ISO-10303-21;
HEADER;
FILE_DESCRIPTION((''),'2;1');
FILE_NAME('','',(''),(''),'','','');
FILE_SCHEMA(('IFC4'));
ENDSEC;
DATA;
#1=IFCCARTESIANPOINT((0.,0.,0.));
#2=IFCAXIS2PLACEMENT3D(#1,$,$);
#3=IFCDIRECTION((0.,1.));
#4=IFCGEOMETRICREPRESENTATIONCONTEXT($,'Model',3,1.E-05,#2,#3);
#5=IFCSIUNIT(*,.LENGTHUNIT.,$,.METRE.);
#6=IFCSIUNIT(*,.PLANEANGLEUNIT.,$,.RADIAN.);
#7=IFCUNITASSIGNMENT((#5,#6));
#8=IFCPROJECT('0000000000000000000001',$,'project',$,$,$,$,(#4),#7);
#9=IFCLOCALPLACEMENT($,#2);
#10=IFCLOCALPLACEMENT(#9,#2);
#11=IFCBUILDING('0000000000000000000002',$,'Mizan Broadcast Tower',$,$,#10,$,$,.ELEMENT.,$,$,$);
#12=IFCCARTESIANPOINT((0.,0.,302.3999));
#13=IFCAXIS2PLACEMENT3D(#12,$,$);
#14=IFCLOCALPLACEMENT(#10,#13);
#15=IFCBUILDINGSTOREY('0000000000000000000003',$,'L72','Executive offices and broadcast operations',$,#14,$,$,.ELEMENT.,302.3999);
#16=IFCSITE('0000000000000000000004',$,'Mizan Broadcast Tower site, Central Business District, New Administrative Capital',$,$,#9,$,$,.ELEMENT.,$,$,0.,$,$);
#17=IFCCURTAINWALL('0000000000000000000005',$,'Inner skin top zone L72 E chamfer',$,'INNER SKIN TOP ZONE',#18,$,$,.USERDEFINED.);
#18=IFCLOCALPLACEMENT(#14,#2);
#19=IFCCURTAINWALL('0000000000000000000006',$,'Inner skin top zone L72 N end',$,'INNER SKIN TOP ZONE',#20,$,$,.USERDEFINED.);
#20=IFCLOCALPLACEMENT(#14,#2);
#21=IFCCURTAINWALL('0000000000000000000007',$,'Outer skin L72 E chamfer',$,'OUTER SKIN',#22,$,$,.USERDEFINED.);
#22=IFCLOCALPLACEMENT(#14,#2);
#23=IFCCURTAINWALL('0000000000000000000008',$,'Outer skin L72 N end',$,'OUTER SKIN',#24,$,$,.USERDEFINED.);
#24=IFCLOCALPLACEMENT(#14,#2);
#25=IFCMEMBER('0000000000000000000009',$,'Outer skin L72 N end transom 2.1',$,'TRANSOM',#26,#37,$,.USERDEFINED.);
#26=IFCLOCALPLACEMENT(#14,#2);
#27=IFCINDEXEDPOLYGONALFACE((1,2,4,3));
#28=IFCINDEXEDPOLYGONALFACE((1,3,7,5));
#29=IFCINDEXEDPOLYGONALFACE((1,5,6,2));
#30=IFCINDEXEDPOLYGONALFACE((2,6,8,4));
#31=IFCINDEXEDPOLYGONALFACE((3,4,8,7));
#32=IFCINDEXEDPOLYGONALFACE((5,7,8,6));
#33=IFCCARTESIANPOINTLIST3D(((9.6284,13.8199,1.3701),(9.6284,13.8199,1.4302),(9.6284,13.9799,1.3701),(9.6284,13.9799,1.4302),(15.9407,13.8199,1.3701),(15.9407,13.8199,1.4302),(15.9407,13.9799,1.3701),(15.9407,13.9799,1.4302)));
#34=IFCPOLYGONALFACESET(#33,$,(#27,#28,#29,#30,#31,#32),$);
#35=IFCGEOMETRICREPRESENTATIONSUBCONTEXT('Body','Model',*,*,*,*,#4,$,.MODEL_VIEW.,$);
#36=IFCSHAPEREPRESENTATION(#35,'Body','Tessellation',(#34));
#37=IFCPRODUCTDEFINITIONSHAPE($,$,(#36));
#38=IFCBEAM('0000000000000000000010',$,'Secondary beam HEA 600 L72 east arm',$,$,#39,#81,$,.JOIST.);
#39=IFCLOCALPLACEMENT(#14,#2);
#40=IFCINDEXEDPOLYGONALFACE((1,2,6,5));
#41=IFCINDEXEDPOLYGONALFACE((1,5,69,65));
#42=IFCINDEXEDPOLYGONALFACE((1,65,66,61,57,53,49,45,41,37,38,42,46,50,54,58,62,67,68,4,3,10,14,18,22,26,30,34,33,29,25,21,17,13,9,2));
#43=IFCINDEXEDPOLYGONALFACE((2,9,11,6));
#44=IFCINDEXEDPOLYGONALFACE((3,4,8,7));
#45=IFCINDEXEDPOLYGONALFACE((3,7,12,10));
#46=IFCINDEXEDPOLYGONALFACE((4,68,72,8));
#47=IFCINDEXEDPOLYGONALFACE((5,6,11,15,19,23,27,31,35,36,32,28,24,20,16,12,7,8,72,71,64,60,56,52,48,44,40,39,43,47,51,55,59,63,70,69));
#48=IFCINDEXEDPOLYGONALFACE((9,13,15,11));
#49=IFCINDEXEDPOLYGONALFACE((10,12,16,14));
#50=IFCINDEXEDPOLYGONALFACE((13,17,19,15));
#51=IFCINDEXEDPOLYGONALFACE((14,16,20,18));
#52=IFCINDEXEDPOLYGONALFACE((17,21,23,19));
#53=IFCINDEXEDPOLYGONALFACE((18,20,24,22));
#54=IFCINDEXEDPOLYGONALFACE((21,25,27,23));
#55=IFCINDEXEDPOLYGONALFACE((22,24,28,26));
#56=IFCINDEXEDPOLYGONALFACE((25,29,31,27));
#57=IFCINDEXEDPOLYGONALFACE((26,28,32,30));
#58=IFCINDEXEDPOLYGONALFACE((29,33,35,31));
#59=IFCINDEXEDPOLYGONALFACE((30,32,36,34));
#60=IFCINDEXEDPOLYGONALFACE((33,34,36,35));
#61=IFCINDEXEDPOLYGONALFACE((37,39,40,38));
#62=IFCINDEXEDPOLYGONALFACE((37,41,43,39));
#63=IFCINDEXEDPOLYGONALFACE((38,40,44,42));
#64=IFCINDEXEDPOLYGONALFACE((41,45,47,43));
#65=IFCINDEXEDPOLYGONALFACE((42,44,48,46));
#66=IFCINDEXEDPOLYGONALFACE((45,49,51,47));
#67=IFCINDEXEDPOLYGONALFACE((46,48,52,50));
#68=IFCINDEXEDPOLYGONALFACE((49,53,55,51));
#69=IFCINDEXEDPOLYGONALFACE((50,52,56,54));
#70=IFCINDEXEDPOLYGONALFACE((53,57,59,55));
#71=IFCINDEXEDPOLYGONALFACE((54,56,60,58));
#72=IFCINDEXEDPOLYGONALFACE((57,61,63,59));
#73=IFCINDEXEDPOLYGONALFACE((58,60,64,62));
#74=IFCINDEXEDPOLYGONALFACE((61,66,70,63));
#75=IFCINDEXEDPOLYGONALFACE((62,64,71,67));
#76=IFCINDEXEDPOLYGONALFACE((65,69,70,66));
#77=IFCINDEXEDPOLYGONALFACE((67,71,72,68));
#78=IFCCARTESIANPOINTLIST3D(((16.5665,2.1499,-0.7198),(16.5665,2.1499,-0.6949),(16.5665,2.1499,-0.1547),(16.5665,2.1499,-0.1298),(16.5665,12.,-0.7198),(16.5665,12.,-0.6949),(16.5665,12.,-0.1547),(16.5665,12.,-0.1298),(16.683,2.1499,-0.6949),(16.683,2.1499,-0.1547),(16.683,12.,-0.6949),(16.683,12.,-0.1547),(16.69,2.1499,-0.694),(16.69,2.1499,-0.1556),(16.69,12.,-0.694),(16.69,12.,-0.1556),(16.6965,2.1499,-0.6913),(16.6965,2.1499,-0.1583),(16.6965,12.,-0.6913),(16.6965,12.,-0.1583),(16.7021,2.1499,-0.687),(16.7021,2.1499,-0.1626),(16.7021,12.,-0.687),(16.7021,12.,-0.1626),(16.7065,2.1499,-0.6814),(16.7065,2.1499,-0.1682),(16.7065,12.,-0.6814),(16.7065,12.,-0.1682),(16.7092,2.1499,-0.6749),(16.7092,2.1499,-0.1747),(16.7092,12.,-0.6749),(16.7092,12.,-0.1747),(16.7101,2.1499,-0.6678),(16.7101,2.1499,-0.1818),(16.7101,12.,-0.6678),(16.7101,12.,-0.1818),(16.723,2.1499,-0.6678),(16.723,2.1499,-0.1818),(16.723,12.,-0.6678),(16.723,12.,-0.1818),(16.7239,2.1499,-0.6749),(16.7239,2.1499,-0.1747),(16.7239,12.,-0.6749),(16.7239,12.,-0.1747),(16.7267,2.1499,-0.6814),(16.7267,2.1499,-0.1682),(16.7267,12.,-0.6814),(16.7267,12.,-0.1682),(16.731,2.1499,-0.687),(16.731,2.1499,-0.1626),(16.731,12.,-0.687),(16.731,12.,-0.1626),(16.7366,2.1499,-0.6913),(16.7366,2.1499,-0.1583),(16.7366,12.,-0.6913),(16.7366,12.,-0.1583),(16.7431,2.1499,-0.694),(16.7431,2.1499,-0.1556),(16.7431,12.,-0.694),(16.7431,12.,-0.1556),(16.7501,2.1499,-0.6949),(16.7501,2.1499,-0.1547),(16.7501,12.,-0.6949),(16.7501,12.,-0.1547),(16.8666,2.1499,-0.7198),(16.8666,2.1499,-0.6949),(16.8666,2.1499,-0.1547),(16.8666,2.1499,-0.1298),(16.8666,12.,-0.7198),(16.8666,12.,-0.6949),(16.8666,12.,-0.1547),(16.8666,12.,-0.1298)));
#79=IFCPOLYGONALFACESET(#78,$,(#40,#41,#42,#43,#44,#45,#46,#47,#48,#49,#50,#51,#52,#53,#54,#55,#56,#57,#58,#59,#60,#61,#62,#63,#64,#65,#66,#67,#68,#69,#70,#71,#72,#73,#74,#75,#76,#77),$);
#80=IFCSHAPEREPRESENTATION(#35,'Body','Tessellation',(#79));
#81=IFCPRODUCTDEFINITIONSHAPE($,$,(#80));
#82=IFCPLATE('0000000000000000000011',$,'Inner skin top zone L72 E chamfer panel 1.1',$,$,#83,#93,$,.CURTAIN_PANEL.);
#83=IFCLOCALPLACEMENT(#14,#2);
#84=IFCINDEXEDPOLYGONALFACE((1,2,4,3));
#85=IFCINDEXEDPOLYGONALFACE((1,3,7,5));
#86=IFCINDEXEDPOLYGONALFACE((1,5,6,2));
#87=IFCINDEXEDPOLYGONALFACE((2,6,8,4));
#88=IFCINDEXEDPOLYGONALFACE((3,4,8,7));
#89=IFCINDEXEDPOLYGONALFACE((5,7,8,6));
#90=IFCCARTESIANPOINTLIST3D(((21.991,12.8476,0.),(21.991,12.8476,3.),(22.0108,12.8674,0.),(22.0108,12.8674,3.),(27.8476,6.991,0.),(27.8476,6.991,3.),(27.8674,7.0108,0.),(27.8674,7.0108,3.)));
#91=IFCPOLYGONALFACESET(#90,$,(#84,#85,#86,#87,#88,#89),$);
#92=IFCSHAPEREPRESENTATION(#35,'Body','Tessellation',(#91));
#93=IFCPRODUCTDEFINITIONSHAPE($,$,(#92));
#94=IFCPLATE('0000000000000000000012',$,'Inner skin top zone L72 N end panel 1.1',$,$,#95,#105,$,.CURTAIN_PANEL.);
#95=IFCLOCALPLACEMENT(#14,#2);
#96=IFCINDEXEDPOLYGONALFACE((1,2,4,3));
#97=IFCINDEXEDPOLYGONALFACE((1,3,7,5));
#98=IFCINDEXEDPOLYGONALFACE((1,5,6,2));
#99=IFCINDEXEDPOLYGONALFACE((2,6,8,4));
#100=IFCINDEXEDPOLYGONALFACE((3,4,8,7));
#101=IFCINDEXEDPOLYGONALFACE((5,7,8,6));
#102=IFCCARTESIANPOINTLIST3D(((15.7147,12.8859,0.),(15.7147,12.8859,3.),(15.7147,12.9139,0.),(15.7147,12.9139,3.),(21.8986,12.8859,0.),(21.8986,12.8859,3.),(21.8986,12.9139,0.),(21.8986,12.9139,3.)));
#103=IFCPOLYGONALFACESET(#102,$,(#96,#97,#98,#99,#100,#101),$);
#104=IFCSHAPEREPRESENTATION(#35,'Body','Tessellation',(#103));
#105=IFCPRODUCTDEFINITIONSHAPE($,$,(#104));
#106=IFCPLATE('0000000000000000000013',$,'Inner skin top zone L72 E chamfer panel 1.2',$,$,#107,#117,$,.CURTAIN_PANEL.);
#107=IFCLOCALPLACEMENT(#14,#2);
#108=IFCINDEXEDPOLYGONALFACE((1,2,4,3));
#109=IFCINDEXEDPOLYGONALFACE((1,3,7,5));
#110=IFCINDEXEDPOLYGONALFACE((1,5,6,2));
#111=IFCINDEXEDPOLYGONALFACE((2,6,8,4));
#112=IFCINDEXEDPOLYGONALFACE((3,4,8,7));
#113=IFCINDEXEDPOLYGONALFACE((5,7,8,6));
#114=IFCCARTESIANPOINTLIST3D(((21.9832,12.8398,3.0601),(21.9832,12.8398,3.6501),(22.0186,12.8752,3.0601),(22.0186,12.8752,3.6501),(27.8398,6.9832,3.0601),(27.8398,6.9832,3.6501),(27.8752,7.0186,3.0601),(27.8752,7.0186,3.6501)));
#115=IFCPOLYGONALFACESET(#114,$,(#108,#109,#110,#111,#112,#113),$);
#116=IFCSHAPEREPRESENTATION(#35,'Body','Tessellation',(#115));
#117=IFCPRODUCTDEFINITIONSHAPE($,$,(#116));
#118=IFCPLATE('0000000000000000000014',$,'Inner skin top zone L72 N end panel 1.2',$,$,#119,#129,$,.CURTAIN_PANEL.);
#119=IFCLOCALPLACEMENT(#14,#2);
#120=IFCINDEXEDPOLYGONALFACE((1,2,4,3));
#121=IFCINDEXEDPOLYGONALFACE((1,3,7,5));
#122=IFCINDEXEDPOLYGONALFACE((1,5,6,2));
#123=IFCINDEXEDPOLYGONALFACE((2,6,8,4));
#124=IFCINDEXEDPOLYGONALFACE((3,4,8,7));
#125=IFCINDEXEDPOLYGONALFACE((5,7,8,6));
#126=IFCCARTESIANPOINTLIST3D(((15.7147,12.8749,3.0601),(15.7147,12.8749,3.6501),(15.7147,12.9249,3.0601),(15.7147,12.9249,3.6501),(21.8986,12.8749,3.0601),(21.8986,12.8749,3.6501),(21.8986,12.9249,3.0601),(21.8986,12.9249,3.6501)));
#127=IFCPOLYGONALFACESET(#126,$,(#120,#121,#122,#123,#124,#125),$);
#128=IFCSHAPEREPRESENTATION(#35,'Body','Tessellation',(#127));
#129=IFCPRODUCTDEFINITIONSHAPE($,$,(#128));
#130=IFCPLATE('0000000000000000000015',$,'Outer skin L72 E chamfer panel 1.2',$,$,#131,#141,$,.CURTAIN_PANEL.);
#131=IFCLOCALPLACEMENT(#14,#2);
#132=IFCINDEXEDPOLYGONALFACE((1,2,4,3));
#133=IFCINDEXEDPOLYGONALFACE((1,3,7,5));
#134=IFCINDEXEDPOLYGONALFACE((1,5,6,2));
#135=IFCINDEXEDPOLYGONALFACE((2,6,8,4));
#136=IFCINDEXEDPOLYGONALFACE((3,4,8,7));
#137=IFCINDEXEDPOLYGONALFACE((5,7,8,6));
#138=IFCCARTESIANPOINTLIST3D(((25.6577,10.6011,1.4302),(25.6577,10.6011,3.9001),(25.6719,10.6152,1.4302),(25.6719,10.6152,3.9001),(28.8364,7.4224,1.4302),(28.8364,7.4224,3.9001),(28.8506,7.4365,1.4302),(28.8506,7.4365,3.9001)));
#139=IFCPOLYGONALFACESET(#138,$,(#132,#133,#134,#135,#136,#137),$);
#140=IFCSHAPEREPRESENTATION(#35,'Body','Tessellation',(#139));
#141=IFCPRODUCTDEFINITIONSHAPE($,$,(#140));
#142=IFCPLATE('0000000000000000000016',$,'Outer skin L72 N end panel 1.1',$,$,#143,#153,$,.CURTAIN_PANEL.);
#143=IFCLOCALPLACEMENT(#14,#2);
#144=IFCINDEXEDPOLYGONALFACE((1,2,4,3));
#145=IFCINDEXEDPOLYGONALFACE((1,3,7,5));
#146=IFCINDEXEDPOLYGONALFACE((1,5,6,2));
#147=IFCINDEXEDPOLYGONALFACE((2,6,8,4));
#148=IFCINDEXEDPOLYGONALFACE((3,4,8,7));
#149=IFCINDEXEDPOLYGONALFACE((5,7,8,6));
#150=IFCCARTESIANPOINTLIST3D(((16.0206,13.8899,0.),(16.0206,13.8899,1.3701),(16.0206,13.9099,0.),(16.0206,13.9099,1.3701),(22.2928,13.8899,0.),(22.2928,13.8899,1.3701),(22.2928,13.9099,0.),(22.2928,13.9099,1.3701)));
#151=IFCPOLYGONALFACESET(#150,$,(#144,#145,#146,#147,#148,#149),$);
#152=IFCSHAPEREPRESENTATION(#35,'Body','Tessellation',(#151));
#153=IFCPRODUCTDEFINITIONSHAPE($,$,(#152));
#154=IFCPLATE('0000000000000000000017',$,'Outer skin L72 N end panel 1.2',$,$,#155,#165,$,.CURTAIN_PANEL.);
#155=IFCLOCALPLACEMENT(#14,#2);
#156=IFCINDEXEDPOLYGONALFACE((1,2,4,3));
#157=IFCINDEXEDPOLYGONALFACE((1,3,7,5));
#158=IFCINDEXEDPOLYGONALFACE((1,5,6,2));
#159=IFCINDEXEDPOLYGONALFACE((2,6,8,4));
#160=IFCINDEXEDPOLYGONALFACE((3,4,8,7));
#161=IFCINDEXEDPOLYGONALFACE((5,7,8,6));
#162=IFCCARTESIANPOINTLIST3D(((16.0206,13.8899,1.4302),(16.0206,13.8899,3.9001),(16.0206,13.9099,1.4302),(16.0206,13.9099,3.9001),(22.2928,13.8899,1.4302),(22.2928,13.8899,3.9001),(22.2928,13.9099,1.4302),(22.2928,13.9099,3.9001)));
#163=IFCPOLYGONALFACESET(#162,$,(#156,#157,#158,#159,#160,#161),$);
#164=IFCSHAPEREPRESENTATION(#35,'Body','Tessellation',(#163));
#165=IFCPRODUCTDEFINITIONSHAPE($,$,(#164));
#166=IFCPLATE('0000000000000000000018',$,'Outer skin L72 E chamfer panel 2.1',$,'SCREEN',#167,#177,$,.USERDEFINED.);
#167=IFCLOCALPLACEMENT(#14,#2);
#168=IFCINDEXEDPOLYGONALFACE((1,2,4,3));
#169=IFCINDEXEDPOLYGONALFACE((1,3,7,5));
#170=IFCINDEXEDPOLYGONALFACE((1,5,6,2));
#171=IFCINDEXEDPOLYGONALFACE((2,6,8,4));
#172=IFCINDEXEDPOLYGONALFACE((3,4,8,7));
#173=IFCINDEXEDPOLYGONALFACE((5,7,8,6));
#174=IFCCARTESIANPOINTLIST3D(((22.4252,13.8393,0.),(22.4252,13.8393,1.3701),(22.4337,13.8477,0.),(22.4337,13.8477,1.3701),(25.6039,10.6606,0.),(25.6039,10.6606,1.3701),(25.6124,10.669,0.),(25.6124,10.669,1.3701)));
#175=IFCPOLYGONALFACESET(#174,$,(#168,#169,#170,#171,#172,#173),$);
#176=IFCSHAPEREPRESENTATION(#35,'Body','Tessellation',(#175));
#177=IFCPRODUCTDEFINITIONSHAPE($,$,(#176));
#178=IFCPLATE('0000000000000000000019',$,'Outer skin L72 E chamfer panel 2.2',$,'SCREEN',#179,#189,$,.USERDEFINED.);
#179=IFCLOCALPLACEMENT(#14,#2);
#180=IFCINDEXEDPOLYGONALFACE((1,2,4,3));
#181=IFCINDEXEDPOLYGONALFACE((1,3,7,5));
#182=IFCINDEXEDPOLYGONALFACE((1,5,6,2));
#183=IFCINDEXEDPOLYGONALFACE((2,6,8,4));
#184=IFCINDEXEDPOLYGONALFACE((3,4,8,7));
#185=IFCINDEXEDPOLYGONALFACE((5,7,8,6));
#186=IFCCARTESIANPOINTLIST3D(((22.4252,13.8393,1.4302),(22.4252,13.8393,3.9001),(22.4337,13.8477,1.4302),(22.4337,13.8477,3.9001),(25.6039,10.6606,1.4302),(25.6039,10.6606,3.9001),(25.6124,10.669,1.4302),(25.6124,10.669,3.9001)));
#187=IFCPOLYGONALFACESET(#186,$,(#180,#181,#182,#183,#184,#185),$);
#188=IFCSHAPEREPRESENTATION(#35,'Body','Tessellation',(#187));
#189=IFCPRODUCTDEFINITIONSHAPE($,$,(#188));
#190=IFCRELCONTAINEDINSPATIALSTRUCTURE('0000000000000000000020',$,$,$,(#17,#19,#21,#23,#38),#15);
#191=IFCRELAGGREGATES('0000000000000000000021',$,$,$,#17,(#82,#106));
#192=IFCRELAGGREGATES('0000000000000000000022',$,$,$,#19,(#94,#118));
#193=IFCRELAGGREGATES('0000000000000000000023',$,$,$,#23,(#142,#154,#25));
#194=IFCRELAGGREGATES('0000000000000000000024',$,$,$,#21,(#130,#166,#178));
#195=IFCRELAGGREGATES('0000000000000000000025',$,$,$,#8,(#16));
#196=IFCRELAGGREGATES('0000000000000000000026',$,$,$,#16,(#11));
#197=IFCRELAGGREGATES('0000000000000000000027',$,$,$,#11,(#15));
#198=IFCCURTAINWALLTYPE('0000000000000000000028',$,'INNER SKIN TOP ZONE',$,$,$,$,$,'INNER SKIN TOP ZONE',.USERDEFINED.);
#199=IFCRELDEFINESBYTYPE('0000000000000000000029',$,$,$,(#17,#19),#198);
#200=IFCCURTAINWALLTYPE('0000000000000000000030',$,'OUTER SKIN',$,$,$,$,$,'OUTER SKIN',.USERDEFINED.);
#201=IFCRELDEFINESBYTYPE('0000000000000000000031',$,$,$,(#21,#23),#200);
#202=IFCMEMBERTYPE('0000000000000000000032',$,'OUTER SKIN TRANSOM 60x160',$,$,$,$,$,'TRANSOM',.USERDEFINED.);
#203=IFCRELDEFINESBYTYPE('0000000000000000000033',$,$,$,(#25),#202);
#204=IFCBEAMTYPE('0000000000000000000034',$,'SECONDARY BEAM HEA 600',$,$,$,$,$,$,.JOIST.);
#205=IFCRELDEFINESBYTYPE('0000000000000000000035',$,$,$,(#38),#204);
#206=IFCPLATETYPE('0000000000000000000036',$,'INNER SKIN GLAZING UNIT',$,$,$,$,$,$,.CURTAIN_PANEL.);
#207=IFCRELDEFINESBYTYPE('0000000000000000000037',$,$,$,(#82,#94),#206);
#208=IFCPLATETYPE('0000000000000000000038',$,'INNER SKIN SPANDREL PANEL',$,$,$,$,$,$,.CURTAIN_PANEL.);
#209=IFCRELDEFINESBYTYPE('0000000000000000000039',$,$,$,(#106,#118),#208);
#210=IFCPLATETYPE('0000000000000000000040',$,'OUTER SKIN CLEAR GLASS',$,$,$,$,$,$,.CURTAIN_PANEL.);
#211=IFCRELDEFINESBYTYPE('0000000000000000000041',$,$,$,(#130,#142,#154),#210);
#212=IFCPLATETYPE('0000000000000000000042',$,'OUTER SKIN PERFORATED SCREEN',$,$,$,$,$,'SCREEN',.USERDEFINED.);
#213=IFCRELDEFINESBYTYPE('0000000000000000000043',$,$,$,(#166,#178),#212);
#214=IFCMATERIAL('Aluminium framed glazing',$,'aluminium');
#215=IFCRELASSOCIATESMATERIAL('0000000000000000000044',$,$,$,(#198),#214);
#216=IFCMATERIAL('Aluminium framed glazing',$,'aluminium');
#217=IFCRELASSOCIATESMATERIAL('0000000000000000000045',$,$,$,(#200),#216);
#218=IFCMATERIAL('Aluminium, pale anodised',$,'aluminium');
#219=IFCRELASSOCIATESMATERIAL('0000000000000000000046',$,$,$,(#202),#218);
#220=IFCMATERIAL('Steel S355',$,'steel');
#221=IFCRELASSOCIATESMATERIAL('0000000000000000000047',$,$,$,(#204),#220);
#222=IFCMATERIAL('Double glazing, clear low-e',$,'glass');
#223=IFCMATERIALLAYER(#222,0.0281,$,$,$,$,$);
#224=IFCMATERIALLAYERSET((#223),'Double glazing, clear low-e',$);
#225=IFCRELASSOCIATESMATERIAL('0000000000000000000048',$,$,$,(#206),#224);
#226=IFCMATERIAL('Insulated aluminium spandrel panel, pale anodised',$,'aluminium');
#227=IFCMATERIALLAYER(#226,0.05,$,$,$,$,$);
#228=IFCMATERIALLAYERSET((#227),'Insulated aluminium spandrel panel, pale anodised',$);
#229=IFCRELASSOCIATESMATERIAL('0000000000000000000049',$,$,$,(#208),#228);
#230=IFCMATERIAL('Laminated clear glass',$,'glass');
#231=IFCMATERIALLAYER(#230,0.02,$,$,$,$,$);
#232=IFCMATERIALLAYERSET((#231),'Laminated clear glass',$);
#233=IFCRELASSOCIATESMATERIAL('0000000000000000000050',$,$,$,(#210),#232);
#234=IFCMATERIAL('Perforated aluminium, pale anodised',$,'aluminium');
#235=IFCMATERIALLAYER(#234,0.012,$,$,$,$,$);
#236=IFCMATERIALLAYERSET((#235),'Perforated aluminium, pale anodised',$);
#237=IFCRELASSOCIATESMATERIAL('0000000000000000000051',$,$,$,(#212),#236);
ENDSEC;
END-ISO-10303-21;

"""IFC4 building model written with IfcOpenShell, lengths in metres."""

from ifc_helpers import new_model, si_unit, direction, frame, origin, origin_2d, place, context, subcontext, project, spatial, rectangle, i_section, extrude, material, layer, layer_set, material_profile, profile_set, type_object, element, aggregate, save


model = new_model("IFC4")

# Units and contexts
model_context = context("Model", 3, precision=1e-05, world=origin(), true_north=direction((0.0, 1.0)))
body_context = subcontext(model_context, "Body", "Model", "MODEL_VIEW")
ifc_project = project(units=[si_unit("LENGTHUNIT", "METRE"), si_unit("PLANEANGLEUNIT", "RADIAN")], contexts=[model_context])

# Site, building, storey
site_placement = place(None, origin())
site = spatial("IfcSite", under=ifc_project, at=site_placement, Name="Mizan Broadcast Tower site, Central Business District, New Administrative Capital", CompositionType="ELEMENT", RefElevation=0.0)
building_placement = place(site_placement, origin())
building = spatial("IfcBuilding", under=site, at=building_placement, Name="Mizan Broadcast Tower", CompositionType="ELEMENT")
storey_placement = place(building_placement, frame((0.0, 0.0, 302.3999)))
storey = spatial("IfcBuildingStorey", under=building, at=storey_placement, Name="L72", Description="Executive offices and broadcast operations", CompositionType="ELEMENT", Elevation=302.3999)

# Curtain wall
ifc_material_1 = material(Name="Aluminium framed glazing", Category="aluminium")
curtain_wall_type_1 = type_object("IfcCurtainWallType", Name="INNER SKIN TOP ZONE", ElementType="INNER SKIN TOP ZONE", PredefinedType="USERDEFINED", material=ifc_material_1)
curtain_wall_1_placement = place(storey_placement, origin())
curtain_wall_1 = element("IfcCurtainWall", 1, at=curtain_wall_1_placement, inside=storey, type_object=curtain_wall_type_1, Name="Inner skin top zone L72 E chamfer", ObjectType="INNER SKIN TOP ZONE", PredefinedType="USERDEFINED")

# Curtain walls
curtain_wall_2_placement = place(storey_placement, origin())
curtain_wall_2 = element("IfcCurtainWall", 2, at=curtain_wall_2_placement, inside=storey, type_object=curtain_wall_type_1, Name="Inner skin top zone L72 N end", ObjectType="INNER SKIN TOP ZONE", PredefinedType="USERDEFINED")
ifc_material_2 = material(Name="Aluminium framed glazing", Category="aluminium")
curtain_wall_type_2 = type_object("IfcCurtainWallType", Name="OUTER SKIN", ElementType="OUTER SKIN", PredefinedType="USERDEFINED", material=ifc_material_2)
curtain_wall_3_placement = place(storey_placement, origin())
curtain_wall_3 = element("IfcCurtainWall", 3, at=curtain_wall_3_placement, inside=storey, type_object=curtain_wall_type_2, Name="Outer skin L72 E chamfer", ObjectType="OUTER SKIN", PredefinedType="USERDEFINED")

# Curtain wall
curtain_wall_4_placement = place(storey_placement, origin())
curtain_wall_4 = element("IfcCurtainWall", 4, at=curtain_wall_4_placement, inside=storey, type_object=curtain_wall_type_2, Name="Outer skin L72 N end", ObjectType="OUTER SKIN", PredefinedType="USERDEFINED")

# Member
ifc_material_3 = material(Name="Aluminium, pale anodised", Category="aluminium")
ifc_material_profile_1 = material_profile(ifc_material_3, rectangle(XDim=0.1599, YDim=0.0601, at=origin_2d()), Name="TRANSOM 160x60")
ifc_profile_set_1 = profile_set([ifc_material_profile_1], Name="Aluminium, pale anodised")
member_type_1 = type_object("IfcMemberType", Name="OUTER SKIN TRANSOM 60x160", ElementType="TRANSOM", PredefinedType="USERDEFINED", material=ifc_profile_set_1)
member_1_placement = place(storey_placement, frame((15.9407, 13.8999, 1.4001), z_axis=(-1.0, 0.0, 0.0), x_axis=(0.0, -1.0, 0.0)))
member_1 = element("IfcMember", 5, at=member_1_placement, type_object=member_type_1, Name="Outer skin L72 N end transom 2.1", ObjectType="TRANSOM", PredefinedType="USERDEFINED", context=body_context, shape_type="SweptSolid", body=[
    extrude(rectangle(XDim=0.1599, YDim=0.0601, at=origin_2d()), origin(), (0.0, 0.0, 1.0), 6.3123),
])

# Beam
ifc_material_4 = material(Name="Steel S355", Category="steel")
ifc_material_profile_2 = material_profile(ifc_material_4, i_section(OverallWidth=0.3, OverallDepth=0.5901, WebThickness=0.0129, FlangeThickness=0.0249, FilletRadius=0.0271, at=origin_2d()), Name="HEA 600")
ifc_profile_set_2 = profile_set([ifc_material_profile_2], Name="Steel S355")
beam_type_1 = type_object("IfcBeamType", Name="SECONDARY BEAM HEA 600", PredefinedType="JOIST", material=ifc_profile_set_2)
beam_1_placement = place(storey_placement, frame((16.7166, 12.0, -0.4248), z_axis=(0.0, -1.0, 0.0), x_axis=(1.0, 0.0, 0.0)))
element("IfcBeam", 6, at=beam_1_placement, inside=storey, type_object=beam_type_1, Name="Secondary beam HEA 600 L72 east arm", PredefinedType="JOIST", context=body_context, shape_type="SweptSolid", body=[
    extrude(i_section(OverallWidth=0.3, OverallDepth=0.5901, WebThickness=0.0129, FlangeThickness=0.0249, FilletRadius=0.0271, at=origin_2d()), origin(), (0.0, 0.0, 1.0), 9.8501),
])

# Plates
ifc_material_5 = material(Name="Double glazing, clear low-e", Category="glass")
ifc_layer_1 = layer(ifc_material_5, 0.0281)
ifc_layer_set_1 = layer_set([ifc_layer_1], Name="Double glazing, clear low-e")
plate_type_1 = type_object("IfcPlateType", Name="INNER SKIN GLAZING UNIT", PredefinedType="CURTAIN_PANEL", material=ifc_layer_set_1)
plate_1_placement = place(storey_placement, frame((24.9292, 9.9292, 0.0), z_axis=(0.0, 0.0, 1.0), x_axis=(-0.707107, 0.707107, 0.0)))
plate_1 = element("IfcPlate", 7, at=plate_1_placement, type_object=plate_type_1, Name="Inner skin top zone L72 E chamfer panel 1.1", PredefinedType="CURTAIN_PANEL", context=body_context, shape_type="SweptSolid", body=[
    extrude(rectangle(XDim=8.2825, YDim=0.0281, at=origin_2d()), origin(), (0.0, 0.0, 1.0), 3.0),
])
plate_2_placement = place(storey_placement, frame((18.8066, 12.8999, 0.0), z_axis=(0.0, 0.0, 1.0), x_axis=(-1.0, 0.0, 0.0)))
plate_2 = element("IfcPlate", 8, at=plate_2_placement, type_object=plate_type_1, Name="Inner skin top zone L72 N end panel 1.1", PredefinedType="CURTAIN_PANEL", context=body_context, shape_type="SweptSolid", body=[
    extrude(rectangle(XDim=6.1838, YDim=0.0281, at=origin_2d()), origin(), (0.0, 0.0, 1.0), 3.0),
])
ifc_material_6 = material(Name="Insulated aluminium spandrel panel, pale anodised", Category="aluminium")
ifc_layer_2 = layer(ifc_material_6, 0.05)
ifc_layer_set_2 = layer_set([ifc_layer_2], Name="Insulated aluminium spandrel panel, pale anodised")
plate_type_2 = type_object("IfcPlateType", Name="INNER SKIN SPANDREL PANEL", PredefinedType="CURTAIN_PANEL", material=ifc_layer_set_2)
plate_3_placement = place(storey_placement, frame((24.9292, 9.9292, 3.0601), z_axis=(0.0, 0.0, 1.0), x_axis=(-0.707107, 0.707107, 0.0)))
plate_3 = element("IfcPlate", 9, at=plate_3_placement, type_object=plate_type_2, Name="Inner skin top zone L72 E chamfer panel 1.2", PredefinedType="CURTAIN_PANEL", context=body_context, shape_type="SweptSolid", body=[
    extrude(rectangle(XDim=8.2825, YDim=0.05, at=origin_2d()), origin(), (0.0, 0.0, 1.0), 0.5901),
])
aggregate(curtain_wall_1, [plate_1, plate_3])
plate_4_placement = place(storey_placement, frame((18.8066, 12.8999, 3.0601), z_axis=(0.0, 0.0, 1.0), x_axis=(-1.0, 0.0, 0.0)))
plate_4 = element("IfcPlate", 10, at=plate_4_placement, type_object=plate_type_2, Name="Inner skin top zone L72 N end panel 1.2", PredefinedType="CURTAIN_PANEL", context=body_context, shape_type="SweptSolid", body=[
    extrude(rectangle(XDim=6.1838, YDim=0.05, at=origin_2d()), origin(), (0.0, 0.0, 1.0), 0.5901),
])
aggregate(curtain_wall_2, [plate_2, plate_4])
ifc_material_7 = material(Name="Laminated clear glass", Category="glass")
ifc_layer_3 = layer(ifc_material_7, 0.02)
ifc_layer_set_3 = layer_set([ifc_layer_3], Name="Laminated clear glass")
plate_type_3 = type_object("IfcPlateType", Name="OUTER SKIN CLEAR GLASS", PredefinedType="CURTAIN_PANEL", material=ifc_layer_set_3)
plate_5_placement = place(storey_placement, frame((27.2542, 9.0188, 1.4302), z_axis=(0.0, 0.0, 1.0), x_axis=(-0.707107, 0.707107, 0.0)))
plate_5 = element("IfcPlate", 11, at=plate_5_placement, type_object=plate_type_3, Name="Outer skin L72 E chamfer panel 1.2", PredefinedType="CURTAIN_PANEL", context=body_context, shape_type="SweptSolid", body=[
    extrude(rectangle(XDim=4.4954, YDim=0.02, at=origin_2d()), origin(), (0.0, 0.0, 1.0), 2.47),
])
plate_6_placement = place(storey_placement, frame((19.1567, 13.8999, 0.0), z_axis=(0.0, 0.0, 1.0), x_axis=(-1.0, 0.0, 0.0)))
plate_6 = element("IfcPlate", 12, at=plate_6_placement, type_object=plate_type_3, Name="Outer skin L72 N end panel 1.1", PredefinedType="CURTAIN_PANEL", context=body_context, shape_type="SweptSolid", body=[
    extrude(rectangle(XDim=6.2722, YDim=0.02, at=origin_2d()), origin(), (0.0, 0.0, 1.0), 1.3701),
])
plate_7_placement = place(storey_placement, frame((19.1567, 13.8999, 1.4302), z_axis=(0.0, 0.0, 1.0), x_axis=(-1.0, 0.0, 0.0)))
plate_7 = element("IfcPlate", 13, at=plate_7_placement, type_object=plate_type_3, Name="Outer skin L72 N end panel 1.2", PredefinedType="CURTAIN_PANEL", context=body_context, shape_type="SweptSolid", body=[
    extrude(rectangle(XDim=6.2722, YDim=0.02, at=origin_2d()), origin(), (0.0, 0.0, 1.0), 2.47),
])
aggregate(curtain_wall_4, [plate_6, plate_7, member_1])
ifc_material_8 = material(Name="Perforated aluminium, pale anodised", Category="aluminium")
ifc_layer_4 = layer(ifc_material_8, 0.012)
ifc_layer_set_4 = layer_set([ifc_layer_4], Name="Perforated aluminium, pale anodised")
plate_type_4 = type_object("IfcPlateType", Name="OUTER SKIN PERFORATED SCREEN", ElementType="SCREEN", PredefinedType="USERDEFINED", material=ifc_layer_set_4)
plate_8_placement = place(storey_placement, frame((24.0188, 12.2542, 0.0), z_axis=(0.0, 0.0, 1.0), x_axis=(-0.707107, 0.707107, 0.0)))
plate_8 = element("IfcPlate", 14, at=plate_8_placement, type_object=plate_type_4, Name="Outer skin L72 E chamfer panel 2.1", ObjectType="SCREEN", PredefinedType="USERDEFINED", context=body_context, shape_type="SweptSolid", body=[
    extrude(rectangle(XDim=4.4954, YDim=0.012, at=origin_2d()), origin(), (0.0, 0.0, 1.0), 1.3701),
])
plate_9_placement = place(storey_placement, frame((24.0188, 12.2542, 1.4302), z_axis=(0.0, 0.0, 1.0), x_axis=(-0.707107, 0.707107, 0.0)))
plate_9 = element("IfcPlate", 15, at=plate_9_placement, type_object=plate_type_4, Name="Outer skin L72 E chamfer panel 2.2", ObjectType="SCREEN", PredefinedType="USERDEFINED", context=body_context, shape_type="SweptSolid", body=[
    extrude(rectangle(XDim=4.4954, YDim=0.012, at=origin_2d()), origin(), (0.0, 0.0, 1.0), 2.47),
])
aggregate(curtain_wall_3, [plate_5, plate_8, plate_9])

save(model, "model.ifc")
